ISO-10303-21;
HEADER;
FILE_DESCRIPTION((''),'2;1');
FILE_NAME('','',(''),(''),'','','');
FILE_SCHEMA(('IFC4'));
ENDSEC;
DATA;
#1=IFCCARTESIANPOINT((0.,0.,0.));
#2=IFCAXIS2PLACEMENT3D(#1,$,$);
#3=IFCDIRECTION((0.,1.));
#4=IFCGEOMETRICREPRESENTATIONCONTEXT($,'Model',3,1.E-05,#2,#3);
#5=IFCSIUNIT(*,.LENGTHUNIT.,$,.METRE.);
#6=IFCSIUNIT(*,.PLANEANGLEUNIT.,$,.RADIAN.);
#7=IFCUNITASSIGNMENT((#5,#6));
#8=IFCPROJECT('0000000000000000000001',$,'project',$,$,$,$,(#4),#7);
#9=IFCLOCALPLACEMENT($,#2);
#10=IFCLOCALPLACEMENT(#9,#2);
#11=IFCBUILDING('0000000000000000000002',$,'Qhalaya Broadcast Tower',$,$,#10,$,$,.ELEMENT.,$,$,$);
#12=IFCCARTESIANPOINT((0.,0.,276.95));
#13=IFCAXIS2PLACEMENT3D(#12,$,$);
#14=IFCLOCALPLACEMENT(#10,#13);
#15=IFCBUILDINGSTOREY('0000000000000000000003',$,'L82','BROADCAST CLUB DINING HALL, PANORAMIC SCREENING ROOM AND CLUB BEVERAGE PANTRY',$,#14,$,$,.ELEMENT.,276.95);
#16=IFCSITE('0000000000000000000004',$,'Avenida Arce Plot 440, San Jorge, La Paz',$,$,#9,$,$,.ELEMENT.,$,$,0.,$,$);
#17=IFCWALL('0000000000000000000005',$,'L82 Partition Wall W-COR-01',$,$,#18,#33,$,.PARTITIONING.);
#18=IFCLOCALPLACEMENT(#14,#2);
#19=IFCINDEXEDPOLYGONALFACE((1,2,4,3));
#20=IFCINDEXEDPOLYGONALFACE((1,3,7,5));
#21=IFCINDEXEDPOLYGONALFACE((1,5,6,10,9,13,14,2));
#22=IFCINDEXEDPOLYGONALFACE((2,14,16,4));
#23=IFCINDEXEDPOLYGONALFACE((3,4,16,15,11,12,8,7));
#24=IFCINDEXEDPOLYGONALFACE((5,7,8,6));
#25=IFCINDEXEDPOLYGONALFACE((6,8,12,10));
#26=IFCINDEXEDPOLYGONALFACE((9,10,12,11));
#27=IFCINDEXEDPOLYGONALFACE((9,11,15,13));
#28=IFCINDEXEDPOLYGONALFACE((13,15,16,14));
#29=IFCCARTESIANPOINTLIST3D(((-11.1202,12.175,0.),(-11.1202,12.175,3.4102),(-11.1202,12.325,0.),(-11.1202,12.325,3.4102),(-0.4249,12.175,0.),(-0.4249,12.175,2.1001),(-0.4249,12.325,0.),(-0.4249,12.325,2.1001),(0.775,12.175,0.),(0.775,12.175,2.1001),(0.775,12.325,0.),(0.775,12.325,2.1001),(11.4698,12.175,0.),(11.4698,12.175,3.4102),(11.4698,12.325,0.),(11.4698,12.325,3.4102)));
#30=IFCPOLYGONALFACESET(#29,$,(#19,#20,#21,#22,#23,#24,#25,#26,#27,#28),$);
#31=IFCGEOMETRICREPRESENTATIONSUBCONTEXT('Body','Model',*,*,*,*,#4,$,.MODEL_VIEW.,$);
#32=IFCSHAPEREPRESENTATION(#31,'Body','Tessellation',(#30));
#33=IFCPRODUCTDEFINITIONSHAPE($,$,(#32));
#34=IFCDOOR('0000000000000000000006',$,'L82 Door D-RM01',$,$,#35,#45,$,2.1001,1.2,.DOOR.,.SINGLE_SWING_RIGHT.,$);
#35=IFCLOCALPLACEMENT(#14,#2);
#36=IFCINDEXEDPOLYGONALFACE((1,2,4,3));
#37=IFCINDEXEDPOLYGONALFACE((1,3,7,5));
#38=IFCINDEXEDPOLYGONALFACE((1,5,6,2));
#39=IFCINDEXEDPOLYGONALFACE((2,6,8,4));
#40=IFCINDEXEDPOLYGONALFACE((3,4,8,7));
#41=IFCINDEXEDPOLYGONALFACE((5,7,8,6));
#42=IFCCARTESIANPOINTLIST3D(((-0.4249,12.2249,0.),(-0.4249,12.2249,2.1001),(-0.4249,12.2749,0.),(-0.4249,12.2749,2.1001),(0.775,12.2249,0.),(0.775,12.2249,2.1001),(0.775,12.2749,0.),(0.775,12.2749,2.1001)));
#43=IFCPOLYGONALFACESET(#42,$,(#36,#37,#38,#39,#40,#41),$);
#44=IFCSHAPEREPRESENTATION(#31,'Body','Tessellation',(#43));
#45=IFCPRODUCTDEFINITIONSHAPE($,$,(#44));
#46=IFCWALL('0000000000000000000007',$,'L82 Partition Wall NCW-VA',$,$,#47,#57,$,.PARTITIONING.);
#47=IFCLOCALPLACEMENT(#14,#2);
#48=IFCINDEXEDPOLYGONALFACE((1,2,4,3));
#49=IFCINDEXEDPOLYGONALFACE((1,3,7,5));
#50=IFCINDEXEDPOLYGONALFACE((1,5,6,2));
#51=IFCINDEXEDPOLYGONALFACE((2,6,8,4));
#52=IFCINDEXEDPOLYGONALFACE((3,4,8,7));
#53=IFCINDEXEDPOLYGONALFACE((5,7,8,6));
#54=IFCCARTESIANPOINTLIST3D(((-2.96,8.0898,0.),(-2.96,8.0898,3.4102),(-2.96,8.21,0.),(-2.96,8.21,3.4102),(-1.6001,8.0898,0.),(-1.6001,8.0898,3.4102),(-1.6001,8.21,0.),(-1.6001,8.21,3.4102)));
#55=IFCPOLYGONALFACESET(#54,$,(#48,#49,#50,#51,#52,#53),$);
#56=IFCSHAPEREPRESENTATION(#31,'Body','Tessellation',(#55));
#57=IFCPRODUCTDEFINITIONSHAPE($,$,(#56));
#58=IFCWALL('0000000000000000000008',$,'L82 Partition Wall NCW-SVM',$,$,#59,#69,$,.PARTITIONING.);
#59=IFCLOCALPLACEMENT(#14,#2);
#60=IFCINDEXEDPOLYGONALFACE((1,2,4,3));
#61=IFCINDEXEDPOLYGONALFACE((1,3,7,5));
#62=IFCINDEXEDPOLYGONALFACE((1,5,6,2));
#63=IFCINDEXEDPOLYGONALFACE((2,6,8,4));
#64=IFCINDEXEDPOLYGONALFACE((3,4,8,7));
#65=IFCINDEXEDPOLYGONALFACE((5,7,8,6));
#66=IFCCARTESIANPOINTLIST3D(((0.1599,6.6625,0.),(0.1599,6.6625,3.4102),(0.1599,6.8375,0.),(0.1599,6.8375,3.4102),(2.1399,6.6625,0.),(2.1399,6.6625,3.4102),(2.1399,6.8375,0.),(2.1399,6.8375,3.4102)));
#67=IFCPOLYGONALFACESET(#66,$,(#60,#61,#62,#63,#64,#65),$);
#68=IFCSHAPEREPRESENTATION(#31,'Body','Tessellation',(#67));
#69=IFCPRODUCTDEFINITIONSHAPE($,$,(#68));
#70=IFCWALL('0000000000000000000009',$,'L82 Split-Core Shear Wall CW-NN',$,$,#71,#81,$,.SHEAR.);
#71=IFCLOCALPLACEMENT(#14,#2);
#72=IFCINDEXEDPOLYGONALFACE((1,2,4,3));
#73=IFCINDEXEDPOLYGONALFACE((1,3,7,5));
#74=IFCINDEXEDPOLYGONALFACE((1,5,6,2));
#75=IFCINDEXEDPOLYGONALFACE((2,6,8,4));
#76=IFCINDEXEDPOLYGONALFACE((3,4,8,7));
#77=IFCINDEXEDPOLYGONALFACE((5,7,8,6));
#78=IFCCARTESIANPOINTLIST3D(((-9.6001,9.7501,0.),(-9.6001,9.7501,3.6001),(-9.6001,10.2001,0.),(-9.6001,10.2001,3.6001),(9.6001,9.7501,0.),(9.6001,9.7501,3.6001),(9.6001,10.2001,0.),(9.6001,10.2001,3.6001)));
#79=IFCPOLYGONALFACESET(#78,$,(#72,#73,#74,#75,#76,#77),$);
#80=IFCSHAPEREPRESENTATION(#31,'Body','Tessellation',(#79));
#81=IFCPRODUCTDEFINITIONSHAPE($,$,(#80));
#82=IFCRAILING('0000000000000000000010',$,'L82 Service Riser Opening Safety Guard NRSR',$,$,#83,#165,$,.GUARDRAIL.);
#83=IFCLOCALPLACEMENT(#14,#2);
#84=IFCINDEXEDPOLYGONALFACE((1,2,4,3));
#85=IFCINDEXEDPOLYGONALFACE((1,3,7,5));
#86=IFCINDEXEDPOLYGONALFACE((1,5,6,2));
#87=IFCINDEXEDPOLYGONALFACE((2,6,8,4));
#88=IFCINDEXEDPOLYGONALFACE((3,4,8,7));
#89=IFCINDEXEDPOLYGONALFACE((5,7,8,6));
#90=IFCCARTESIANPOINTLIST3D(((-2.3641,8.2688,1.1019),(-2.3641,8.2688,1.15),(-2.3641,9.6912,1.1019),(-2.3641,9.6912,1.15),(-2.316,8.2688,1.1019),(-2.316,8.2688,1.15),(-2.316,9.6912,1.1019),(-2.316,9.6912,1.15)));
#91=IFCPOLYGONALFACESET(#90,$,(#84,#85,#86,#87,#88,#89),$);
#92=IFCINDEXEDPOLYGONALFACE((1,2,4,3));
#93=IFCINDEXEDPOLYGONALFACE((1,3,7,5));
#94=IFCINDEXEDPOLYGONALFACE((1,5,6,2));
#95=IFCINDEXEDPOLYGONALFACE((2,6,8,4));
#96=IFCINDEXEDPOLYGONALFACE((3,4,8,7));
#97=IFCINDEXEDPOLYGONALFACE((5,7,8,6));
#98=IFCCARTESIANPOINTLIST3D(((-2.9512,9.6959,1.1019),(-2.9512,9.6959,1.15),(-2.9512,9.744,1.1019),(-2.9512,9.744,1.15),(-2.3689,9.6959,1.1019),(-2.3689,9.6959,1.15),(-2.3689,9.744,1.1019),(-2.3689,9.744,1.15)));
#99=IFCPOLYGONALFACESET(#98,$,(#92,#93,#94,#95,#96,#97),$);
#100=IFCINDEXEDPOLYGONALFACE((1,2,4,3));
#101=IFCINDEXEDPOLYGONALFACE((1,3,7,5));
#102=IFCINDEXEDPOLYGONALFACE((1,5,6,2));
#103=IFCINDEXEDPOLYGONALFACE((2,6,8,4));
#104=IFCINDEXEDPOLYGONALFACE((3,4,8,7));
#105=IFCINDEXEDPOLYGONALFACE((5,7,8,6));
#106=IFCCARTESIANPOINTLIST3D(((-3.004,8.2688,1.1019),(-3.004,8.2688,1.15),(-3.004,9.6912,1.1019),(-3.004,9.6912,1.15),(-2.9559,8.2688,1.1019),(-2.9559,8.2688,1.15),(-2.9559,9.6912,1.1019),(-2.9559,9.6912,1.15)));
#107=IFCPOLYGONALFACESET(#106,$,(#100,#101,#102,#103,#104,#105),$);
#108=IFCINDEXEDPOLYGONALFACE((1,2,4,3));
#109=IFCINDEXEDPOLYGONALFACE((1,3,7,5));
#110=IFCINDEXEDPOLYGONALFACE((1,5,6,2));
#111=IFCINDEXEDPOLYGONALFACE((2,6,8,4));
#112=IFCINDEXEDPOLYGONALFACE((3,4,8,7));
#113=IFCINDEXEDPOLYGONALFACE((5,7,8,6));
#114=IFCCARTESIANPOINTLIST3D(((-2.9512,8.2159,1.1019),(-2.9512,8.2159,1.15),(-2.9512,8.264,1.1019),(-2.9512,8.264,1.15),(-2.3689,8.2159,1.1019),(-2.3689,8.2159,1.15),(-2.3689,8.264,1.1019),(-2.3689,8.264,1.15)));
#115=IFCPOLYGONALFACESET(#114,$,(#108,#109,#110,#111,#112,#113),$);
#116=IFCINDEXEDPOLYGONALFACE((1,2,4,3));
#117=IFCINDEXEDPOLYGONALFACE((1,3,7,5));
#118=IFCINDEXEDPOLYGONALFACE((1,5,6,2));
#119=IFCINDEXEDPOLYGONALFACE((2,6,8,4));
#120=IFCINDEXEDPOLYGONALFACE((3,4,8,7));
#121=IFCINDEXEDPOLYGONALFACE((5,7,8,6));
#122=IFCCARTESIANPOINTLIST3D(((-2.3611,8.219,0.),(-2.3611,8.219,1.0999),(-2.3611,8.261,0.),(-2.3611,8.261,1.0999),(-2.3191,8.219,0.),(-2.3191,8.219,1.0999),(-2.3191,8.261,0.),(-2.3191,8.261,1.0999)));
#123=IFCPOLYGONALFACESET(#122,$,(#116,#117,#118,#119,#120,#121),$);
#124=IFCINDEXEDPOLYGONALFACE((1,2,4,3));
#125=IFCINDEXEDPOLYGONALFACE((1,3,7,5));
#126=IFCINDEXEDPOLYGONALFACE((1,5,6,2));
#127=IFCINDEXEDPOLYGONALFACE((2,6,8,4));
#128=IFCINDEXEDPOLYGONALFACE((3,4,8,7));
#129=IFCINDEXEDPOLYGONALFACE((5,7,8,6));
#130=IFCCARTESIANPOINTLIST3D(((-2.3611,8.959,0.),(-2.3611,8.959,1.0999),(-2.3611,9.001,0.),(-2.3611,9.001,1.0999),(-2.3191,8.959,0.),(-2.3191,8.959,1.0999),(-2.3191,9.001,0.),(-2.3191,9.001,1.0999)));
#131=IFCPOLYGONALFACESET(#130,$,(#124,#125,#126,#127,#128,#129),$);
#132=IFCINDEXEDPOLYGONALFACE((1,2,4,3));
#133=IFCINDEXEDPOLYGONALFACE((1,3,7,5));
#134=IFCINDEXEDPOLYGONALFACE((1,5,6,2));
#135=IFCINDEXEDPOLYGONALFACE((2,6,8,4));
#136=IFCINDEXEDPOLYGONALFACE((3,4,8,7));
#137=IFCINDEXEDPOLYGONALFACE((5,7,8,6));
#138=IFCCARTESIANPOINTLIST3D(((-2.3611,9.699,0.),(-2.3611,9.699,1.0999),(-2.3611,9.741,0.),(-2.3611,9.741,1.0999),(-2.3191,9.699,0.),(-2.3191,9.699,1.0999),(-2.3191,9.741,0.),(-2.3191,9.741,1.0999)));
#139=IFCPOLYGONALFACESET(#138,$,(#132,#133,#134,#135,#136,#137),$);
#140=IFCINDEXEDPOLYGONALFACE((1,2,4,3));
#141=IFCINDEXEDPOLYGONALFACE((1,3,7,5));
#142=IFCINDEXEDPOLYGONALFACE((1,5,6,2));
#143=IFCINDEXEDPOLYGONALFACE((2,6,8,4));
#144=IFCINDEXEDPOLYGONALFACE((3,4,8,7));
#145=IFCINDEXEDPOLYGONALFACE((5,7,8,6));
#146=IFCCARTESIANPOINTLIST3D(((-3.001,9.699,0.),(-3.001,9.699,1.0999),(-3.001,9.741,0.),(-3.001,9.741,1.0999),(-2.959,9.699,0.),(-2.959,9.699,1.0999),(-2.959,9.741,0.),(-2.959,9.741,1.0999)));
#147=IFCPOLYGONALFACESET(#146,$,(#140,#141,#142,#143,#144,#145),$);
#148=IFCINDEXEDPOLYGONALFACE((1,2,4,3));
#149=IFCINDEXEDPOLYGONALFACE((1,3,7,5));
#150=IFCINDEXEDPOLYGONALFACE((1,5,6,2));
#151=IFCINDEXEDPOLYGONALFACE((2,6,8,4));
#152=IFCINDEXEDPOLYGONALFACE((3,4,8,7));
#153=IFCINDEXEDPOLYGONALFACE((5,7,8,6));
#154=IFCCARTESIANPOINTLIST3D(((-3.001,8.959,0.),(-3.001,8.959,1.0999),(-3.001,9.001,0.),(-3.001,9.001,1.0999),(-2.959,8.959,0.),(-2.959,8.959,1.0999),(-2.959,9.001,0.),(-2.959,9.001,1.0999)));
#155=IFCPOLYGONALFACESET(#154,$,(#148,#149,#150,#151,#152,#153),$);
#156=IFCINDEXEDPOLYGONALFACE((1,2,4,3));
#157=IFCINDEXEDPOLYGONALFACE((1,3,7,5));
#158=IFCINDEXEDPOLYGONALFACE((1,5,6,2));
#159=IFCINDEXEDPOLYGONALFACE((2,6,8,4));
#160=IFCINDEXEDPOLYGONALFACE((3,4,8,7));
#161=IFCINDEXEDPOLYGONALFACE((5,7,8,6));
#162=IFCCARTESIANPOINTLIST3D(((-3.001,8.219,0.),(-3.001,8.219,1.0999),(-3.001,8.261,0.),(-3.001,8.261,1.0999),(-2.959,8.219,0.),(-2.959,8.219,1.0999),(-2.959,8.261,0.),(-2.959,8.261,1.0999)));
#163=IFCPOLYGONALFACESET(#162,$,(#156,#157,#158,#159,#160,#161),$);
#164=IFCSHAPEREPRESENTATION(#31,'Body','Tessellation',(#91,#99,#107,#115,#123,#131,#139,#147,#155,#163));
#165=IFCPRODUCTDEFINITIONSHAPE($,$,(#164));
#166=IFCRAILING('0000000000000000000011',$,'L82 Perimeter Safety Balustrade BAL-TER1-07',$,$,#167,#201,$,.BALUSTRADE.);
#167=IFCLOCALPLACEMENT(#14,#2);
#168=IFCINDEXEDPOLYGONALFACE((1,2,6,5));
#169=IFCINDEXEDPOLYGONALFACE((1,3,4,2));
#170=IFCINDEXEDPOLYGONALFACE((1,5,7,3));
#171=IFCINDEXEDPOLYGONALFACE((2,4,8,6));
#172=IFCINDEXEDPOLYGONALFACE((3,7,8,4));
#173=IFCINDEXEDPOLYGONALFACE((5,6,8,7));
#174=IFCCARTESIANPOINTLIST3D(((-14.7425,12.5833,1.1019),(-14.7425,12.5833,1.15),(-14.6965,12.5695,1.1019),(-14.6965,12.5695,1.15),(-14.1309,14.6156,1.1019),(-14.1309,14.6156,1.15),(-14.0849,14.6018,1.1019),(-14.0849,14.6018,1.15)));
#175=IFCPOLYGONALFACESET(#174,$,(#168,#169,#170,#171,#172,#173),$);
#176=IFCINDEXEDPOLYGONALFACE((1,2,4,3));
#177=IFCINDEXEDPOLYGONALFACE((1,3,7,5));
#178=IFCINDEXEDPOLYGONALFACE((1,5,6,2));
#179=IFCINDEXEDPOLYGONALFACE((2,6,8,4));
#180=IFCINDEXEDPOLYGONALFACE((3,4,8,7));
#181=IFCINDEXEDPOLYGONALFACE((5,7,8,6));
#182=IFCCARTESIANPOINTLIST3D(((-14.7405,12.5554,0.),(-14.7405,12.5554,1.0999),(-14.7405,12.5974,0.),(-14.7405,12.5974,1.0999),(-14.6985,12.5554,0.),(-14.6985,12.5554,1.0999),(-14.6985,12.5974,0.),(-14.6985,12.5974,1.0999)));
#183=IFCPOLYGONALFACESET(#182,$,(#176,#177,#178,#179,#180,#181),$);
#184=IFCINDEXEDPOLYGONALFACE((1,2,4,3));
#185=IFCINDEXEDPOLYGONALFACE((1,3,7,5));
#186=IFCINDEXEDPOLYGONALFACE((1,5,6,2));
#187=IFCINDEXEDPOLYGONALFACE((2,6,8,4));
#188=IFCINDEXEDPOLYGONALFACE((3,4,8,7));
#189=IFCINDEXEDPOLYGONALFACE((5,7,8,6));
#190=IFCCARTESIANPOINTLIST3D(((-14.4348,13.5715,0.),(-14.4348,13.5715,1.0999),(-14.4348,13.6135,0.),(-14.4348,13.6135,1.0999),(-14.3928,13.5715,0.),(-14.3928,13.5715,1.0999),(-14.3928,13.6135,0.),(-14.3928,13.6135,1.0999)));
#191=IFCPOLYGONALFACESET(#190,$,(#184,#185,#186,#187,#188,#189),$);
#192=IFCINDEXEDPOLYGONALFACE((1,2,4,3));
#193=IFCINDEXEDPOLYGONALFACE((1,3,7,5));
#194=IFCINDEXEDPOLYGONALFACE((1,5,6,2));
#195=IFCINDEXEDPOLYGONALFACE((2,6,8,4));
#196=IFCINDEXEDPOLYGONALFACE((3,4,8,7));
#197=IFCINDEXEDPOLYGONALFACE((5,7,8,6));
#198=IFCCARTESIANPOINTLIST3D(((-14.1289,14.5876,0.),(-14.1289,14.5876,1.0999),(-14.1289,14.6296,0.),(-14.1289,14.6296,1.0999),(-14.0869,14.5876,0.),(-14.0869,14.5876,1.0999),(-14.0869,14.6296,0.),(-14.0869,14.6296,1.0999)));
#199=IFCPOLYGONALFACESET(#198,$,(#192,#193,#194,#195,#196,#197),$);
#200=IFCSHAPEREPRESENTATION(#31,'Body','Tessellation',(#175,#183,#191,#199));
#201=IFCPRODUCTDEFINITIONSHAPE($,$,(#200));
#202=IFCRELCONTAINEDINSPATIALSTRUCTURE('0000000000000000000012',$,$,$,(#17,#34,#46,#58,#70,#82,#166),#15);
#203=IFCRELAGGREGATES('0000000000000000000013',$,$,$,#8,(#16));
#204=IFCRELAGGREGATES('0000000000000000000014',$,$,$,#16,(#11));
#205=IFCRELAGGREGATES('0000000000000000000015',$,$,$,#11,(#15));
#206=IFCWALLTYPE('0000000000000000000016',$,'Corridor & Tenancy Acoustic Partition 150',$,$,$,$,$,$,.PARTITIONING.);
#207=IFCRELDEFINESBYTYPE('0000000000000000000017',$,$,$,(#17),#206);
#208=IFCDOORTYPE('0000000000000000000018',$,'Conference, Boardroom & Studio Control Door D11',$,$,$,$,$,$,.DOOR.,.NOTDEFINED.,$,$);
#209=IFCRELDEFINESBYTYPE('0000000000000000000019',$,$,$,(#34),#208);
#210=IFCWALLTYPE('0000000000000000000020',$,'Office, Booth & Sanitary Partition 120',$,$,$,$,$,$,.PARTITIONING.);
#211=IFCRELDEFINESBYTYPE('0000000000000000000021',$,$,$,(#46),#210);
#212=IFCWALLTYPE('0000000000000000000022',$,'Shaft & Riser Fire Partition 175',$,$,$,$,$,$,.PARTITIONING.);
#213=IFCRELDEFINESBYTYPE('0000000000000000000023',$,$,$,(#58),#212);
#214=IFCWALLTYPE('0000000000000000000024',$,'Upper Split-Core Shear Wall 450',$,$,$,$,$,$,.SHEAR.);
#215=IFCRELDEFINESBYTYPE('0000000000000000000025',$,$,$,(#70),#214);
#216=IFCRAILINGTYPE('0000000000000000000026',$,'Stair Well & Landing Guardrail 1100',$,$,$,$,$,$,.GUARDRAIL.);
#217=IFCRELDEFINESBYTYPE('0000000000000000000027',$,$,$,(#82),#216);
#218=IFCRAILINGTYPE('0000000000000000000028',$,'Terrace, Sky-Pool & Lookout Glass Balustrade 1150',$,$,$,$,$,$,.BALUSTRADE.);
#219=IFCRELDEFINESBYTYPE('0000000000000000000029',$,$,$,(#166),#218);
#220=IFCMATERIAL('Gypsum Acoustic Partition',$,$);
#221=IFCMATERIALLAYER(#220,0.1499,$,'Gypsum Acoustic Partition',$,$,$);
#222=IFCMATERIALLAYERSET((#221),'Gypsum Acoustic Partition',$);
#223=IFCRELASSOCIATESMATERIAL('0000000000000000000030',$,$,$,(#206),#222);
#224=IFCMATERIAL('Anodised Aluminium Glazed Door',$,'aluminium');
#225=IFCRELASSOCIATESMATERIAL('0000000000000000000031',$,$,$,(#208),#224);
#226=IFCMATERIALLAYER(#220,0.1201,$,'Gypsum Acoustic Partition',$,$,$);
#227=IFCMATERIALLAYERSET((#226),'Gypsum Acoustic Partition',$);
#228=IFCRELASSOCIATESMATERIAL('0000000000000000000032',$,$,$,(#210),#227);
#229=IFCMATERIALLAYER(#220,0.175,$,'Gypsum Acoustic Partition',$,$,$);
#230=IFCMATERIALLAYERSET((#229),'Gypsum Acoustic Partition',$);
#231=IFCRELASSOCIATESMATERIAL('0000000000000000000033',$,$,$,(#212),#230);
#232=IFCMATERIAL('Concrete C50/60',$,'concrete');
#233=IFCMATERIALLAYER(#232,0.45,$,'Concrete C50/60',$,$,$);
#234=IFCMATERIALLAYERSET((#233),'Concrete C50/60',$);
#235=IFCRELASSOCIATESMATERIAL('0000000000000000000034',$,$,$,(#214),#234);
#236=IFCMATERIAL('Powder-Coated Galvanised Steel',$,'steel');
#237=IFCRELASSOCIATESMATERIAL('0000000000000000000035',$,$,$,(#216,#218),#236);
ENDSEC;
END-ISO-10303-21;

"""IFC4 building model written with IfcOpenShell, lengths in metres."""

from ifc_helpers import new_model, si_unit, direction, frame, frame_2d, origin, origin_2d, place, context, subcontext, project, spatial, rectangle, extrude, material, layer, layer_set, type_object, element, fill, save


model = new_model("IFC4")

# Units and contexts
model_context = context("Model", 3, precision=1e-05, world=origin(), true_north=direction((0.0, 1.0)))
body_context = subcontext(model_context, "Body", "Model", "MODEL_VIEW")
ifc_project = project(units=[si_unit("LENGTHUNIT", "METRE"), si_unit("PLANEANGLEUNIT", "RADIAN")], contexts=[model_context])

# Site, building, storey
site_placement = place(None, origin())
site = spatial("IfcSite", under=ifc_project, at=site_placement, Name="Avenida Arce Plot 440, San Jorge, La Paz", CompositionType="ELEMENT", RefElevation=0.0)
building_placement = place(site_placement, origin())
building = spatial("IfcBuilding", under=site, at=building_placement, Name="Qhalaya Broadcast Tower", CompositionType="ELEMENT")
storey_placement = place(building_placement, frame((0.0, 0.0, 276.95)))
storey = spatial("IfcBuildingStorey", under=building, at=storey_placement, Name="L82", Description="BROADCAST CLUB DINING HALL, PANORAMIC SCREENING ROOM AND CLUB BEVERAGE PANTRY", CompositionType="ELEMENT", Elevation=276.95)

# Shared definitions
ifc_material_1 = material(Name="Concrete C50/60", Category="concrete")

# Wall, opening, door
ifc_material_2 = material(Name="Gypsum Acoustic Partition")
ifc_layer_1 = layer(ifc_material_2, 0.1499, Name="Gypsum Acoustic Partition")
ifc_layer_set_1 = layer_set([ifc_layer_1], Name="Gypsum Acoustic Partition")
wall_type_1 = type_object("IfcWallType", Name="Corridor & Tenancy Acoustic Partition 150", PredefinedType="PARTITIONING", material=ifc_layer_set_1)
wall_1_placement = place(storey_placement, frame((-11.1201, 12.25, 0.0), z_axis=(0.0, 0.0, 1.0), x_axis=(1.0, 0.0, 0.0)))
wall_1 = element("IfcWall", 1, at=wall_1_placement, inside=storey, type_object=wall_type_1, Name="L82 Partition Wall W-COR-01", PredefinedType="PARTITIONING", context=body_context, shape_type="SweptSolid", body=[
    extrude(rectangle(XDim=22.5901, YDim=0.1499, at=frame_2d((11.2949, 0.0))), origin(), (0.0, 0.0, 1.0), 3.4102),
])
opening_placement = place(wall_1_placement, frame((10.6951, 0.0, 0.0)))
opening = element("IfcOpeningElement", 2, at=opening_placement, cuts=wall_1, PredefinedType="OPENING", context=body_context, shape_type="SweptSolid", body=[
    extrude(rectangle(XDim=1.2, YDim=2.1001, at=frame_2d((0.6001, 1.05))), frame((0.0, 0.0869, 0.0), z_axis=(0.0, -1.0, 0.0), x_axis=(1.0, 0.0, 0.0)), (0.0, 0.0, 1.0), 0.1738),
])
ifc_material_3 = material(Name="Anodised Aluminium Glazed Door", Category="aluminium")
door_type = type_object("IfcDoorType", Name="Conference, Boardroom & Studio Control Door D11", OperationType="NOTDEFINED", PredefinedType="DOOR", material=ifc_material_3)
door_placement = place(opening_placement, origin())
door = element("IfcDoor", 3, at=door_placement, inside=storey, type_object=door_type, Name="L82 Door D-RM01", OperationType="SINGLE_SWING_RIGHT", OverallHeight=2.1001, OverallWidth=1.2, PredefinedType="DOOR", context=body_context, shape_type="SweptSolid", body=[
    extrude(rectangle(XDim=1.2, YDim=2.1001, at=frame_2d((0.6001, 1.05))), frame((0.0, 0.0249, 0.0), z_axis=(0.0, -1.0, 0.0), x_axis=(1.0, 0.0, 0.0)), (0.0, 0.0, 1.0), 0.05),
])
fill(opening, door)

# Walls
ifc_layer_2 = layer(ifc_material_2, 0.1201, Name="Gypsum Acoustic Partition")
ifc_layer_set_2 = layer_set([ifc_layer_2], Name="Gypsum Acoustic Partition")
wall_type_2 = type_object("IfcWallType", Name="Office, Booth & Sanitary Partition 120", PredefinedType="PARTITIONING", material=ifc_layer_set_2)
wall_2_placement = place(storey_placement, frame((-2.96, 8.1499, 0.0), z_axis=(0.0, 0.0, 1.0), x_axis=(1.0, 0.0, 0.0)))
element("IfcWall", 4, at=wall_2_placement, inside=storey, type_object=wall_type_2, Name="L82 Partition Wall NCW-VA", PredefinedType="PARTITIONING", context=body_context, shape_type="SweptSolid", body=[
    extrude(rectangle(XDim=1.3599, YDim=0.1201, at=frame_2d((0.6799, 0.0))), origin(), (0.0, 0.0, 1.0), 3.4102),
])
ifc_layer_3 = layer(ifc_material_2, 0.175, Name="Gypsum Acoustic Partition")
ifc_layer_set_3 = layer_set([ifc_layer_3], Name="Gypsum Acoustic Partition")
wall_type_3 = type_object("IfcWallType", Name="Shaft & Riser Fire Partition 175", PredefinedType="PARTITIONING", material=ifc_layer_set_3)
wall_3_placement = place(storey_placement, frame((0.1599, 6.75, 0.0), z_axis=(0.0, 0.0, 1.0), x_axis=(1.0, 0.0, 0.0)))
element("IfcWall", 5, at=wall_3_placement, inside=storey, type_object=wall_type_3, Name="L82 Partition Wall NCW-SVM", PredefinedType="PARTITIONING", context=body_context, shape_type="SweptSolid", body=[
    extrude(rectangle(XDim=1.98, YDim=0.175, at=frame_2d((0.99, 0.0))), origin(), (0.0, 0.0, 1.0), 3.4102),
])
ifc_layer_4 = layer(ifc_material_1, 0.45, Name="Concrete C50/60")
ifc_layer_set_4 = layer_set([ifc_layer_4], Name="Concrete C50/60")
wall_type_4 = type_object("IfcWallType", Name="Upper Split-Core Shear Wall 450", PredefinedType="SHEAR", material=ifc_layer_set_4)
wall_4_placement = place(storey_placement, frame((-9.6001, 9.9751, 0.0), z_axis=(0.0, 0.0, 1.0), x_axis=(1.0, 0.0, 0.0)))
element("IfcWall", 6, at=wall_4_placement, inside=storey, type_object=wall_type_4, Name="L82 Split-Core Shear Wall CW-NN", PredefinedType="SHEAR", context=body_context, shape_type="SweptSolid", body=[
    extrude(rectangle(XDim=19.2002, YDim=0.45, at=frame_2d((9.6001, 0.0))), origin(), (0.0, 0.0, 1.0), 3.6001),
])

# Railings
ifc_material_4 = material(Name="Powder-Coated Galvanised Steel", Category="steel")
railing_type_1 = type_object("IfcRailingType", Name="Stair Well & Landing Guardrail 1100", PredefinedType="GUARDRAIL", material=ifc_material_4)
railing_1_placement = place(storey_placement, frame((-2.3401, 8.24, 0.0)))
element("IfcRailing", 7, at=railing_1_placement, inside=storey, type_object=railing_type_1, Name="L82 Service Riser Opening Safety Guard NRSR", PredefinedType="GUARDRAIL", context=body_context, shape_type="SweptSolid", body=[
    extrude(rectangle(XDim=0.0481, YDim=0.0481, at=origin_2d()), frame((0.0, 0.0288, 1.126), z_axis=(0.0, 1.0, 0.0), x_axis=(-1.0, 0.0, 0.0)), (0.0, 0.0, 1.0), 1.4224),
    extrude(rectangle(XDim=0.0481, YDim=0.0481, at=origin_2d()), frame((-0.0288, 1.48, 1.126), z_axis=(-1.0, 0.0, 0.0), x_axis=(0.0, -1.0, 0.0)), (0.0, 0.0, 1.0), 0.5823),
    extrude(rectangle(XDim=0.0481, YDim=0.0481, at=origin_2d()), frame((-0.6399, 1.4512, 1.126), z_axis=(0.0, -1.0, 0.0), x_axis=(1.0, 0.0, 0.0)), (0.0, 0.0, 1.0), 1.4224),
    extrude(rectangle(XDim=0.0481, YDim=0.0481, at=origin_2d()), frame((-0.6111, 0.0, 1.126), z_axis=(1.0, 0.0, 0.0), x_axis=(0.0, 1.0, 0.0)), (0.0, 0.0, 1.0), 0.5823),
    extrude(rectangle(XDim=0.042, YDim=0.042, at=origin_2d()), origin(), (0.0, 0.0, 1.0), 1.0999),
    extrude(rectangle(XDim=0.042, YDim=0.042, at=origin_2d()), frame((0.0, 0.74, 0.0)), (0.0, 0.0, 1.0), 1.0999),
    extrude(rectangle(XDim=0.042, YDim=0.042, at=origin_2d()), frame((0.0, 1.48, 0.0)), (0.0, 0.0, 1.0), 1.0999),
    extrude(rectangle(XDim=0.042, YDim=0.042, at=origin_2d()), frame((-0.6399, 1.48, 0.0)), (0.0, 0.0, 1.0), 1.0999),
    extrude(rectangle(XDim=0.042, YDim=0.042, at=origin_2d()), frame((-0.6399, 0.74, 0.0)), (0.0, 0.0, 1.0), 1.0999),
    extrude(rectangle(XDim=0.042, YDim=0.042, at=origin_2d()), frame((-0.6399, 0.0, 0.0)), (0.0, 0.0, 1.0), 1.0999),
])
railing_type_2 = type_object("IfcRailingType", Name="Terrace, Sky-Pool & Lookout Glass Balustrade 1150", PredefinedType="BALUSTRADE", material=ifc_material_4)
railing_2_placement = place(storey_placement, frame((-14.7195, 12.5764, 0.0)))
element("IfcRailing", 8, at=railing_2_placement, inside=storey, type_object=railing_type_2, Name="L82 Perimeter Safety Balustrade BAL-TER1-07", PredefinedType="BALUSTRADE", context=body_context, shape_type="SweptSolid", body=[
    extrude(rectangle(XDim=0.0481, YDim=0.0481, at=origin_2d()), frame((0.0, 0.0, 1.126), z_axis=(0.288171, 0.957579, 0.0), x_axis=(-0.957579, 0.288171, 0.0)), (0.0, 0.0, 1.0), 2.1223),
    extrude(rectangle(XDim=0.042, YDim=0.042, at=origin_2d()), origin(), (0.0, 0.0, 1.0), 1.0999),
    extrude(rectangle(XDim=0.042, YDim=0.042, at=origin_2d()), frame((0.3057, 1.0161, 0.0)), (0.0, 0.0, 1.0), 1.0999),
    extrude(rectangle(XDim=0.042, YDim=0.042, at=origin_2d()), frame((0.6116, 2.0322, 0.0)), (0.0, 0.0, 1.0), 1.0999),
])

save(model, "model.ifc")
